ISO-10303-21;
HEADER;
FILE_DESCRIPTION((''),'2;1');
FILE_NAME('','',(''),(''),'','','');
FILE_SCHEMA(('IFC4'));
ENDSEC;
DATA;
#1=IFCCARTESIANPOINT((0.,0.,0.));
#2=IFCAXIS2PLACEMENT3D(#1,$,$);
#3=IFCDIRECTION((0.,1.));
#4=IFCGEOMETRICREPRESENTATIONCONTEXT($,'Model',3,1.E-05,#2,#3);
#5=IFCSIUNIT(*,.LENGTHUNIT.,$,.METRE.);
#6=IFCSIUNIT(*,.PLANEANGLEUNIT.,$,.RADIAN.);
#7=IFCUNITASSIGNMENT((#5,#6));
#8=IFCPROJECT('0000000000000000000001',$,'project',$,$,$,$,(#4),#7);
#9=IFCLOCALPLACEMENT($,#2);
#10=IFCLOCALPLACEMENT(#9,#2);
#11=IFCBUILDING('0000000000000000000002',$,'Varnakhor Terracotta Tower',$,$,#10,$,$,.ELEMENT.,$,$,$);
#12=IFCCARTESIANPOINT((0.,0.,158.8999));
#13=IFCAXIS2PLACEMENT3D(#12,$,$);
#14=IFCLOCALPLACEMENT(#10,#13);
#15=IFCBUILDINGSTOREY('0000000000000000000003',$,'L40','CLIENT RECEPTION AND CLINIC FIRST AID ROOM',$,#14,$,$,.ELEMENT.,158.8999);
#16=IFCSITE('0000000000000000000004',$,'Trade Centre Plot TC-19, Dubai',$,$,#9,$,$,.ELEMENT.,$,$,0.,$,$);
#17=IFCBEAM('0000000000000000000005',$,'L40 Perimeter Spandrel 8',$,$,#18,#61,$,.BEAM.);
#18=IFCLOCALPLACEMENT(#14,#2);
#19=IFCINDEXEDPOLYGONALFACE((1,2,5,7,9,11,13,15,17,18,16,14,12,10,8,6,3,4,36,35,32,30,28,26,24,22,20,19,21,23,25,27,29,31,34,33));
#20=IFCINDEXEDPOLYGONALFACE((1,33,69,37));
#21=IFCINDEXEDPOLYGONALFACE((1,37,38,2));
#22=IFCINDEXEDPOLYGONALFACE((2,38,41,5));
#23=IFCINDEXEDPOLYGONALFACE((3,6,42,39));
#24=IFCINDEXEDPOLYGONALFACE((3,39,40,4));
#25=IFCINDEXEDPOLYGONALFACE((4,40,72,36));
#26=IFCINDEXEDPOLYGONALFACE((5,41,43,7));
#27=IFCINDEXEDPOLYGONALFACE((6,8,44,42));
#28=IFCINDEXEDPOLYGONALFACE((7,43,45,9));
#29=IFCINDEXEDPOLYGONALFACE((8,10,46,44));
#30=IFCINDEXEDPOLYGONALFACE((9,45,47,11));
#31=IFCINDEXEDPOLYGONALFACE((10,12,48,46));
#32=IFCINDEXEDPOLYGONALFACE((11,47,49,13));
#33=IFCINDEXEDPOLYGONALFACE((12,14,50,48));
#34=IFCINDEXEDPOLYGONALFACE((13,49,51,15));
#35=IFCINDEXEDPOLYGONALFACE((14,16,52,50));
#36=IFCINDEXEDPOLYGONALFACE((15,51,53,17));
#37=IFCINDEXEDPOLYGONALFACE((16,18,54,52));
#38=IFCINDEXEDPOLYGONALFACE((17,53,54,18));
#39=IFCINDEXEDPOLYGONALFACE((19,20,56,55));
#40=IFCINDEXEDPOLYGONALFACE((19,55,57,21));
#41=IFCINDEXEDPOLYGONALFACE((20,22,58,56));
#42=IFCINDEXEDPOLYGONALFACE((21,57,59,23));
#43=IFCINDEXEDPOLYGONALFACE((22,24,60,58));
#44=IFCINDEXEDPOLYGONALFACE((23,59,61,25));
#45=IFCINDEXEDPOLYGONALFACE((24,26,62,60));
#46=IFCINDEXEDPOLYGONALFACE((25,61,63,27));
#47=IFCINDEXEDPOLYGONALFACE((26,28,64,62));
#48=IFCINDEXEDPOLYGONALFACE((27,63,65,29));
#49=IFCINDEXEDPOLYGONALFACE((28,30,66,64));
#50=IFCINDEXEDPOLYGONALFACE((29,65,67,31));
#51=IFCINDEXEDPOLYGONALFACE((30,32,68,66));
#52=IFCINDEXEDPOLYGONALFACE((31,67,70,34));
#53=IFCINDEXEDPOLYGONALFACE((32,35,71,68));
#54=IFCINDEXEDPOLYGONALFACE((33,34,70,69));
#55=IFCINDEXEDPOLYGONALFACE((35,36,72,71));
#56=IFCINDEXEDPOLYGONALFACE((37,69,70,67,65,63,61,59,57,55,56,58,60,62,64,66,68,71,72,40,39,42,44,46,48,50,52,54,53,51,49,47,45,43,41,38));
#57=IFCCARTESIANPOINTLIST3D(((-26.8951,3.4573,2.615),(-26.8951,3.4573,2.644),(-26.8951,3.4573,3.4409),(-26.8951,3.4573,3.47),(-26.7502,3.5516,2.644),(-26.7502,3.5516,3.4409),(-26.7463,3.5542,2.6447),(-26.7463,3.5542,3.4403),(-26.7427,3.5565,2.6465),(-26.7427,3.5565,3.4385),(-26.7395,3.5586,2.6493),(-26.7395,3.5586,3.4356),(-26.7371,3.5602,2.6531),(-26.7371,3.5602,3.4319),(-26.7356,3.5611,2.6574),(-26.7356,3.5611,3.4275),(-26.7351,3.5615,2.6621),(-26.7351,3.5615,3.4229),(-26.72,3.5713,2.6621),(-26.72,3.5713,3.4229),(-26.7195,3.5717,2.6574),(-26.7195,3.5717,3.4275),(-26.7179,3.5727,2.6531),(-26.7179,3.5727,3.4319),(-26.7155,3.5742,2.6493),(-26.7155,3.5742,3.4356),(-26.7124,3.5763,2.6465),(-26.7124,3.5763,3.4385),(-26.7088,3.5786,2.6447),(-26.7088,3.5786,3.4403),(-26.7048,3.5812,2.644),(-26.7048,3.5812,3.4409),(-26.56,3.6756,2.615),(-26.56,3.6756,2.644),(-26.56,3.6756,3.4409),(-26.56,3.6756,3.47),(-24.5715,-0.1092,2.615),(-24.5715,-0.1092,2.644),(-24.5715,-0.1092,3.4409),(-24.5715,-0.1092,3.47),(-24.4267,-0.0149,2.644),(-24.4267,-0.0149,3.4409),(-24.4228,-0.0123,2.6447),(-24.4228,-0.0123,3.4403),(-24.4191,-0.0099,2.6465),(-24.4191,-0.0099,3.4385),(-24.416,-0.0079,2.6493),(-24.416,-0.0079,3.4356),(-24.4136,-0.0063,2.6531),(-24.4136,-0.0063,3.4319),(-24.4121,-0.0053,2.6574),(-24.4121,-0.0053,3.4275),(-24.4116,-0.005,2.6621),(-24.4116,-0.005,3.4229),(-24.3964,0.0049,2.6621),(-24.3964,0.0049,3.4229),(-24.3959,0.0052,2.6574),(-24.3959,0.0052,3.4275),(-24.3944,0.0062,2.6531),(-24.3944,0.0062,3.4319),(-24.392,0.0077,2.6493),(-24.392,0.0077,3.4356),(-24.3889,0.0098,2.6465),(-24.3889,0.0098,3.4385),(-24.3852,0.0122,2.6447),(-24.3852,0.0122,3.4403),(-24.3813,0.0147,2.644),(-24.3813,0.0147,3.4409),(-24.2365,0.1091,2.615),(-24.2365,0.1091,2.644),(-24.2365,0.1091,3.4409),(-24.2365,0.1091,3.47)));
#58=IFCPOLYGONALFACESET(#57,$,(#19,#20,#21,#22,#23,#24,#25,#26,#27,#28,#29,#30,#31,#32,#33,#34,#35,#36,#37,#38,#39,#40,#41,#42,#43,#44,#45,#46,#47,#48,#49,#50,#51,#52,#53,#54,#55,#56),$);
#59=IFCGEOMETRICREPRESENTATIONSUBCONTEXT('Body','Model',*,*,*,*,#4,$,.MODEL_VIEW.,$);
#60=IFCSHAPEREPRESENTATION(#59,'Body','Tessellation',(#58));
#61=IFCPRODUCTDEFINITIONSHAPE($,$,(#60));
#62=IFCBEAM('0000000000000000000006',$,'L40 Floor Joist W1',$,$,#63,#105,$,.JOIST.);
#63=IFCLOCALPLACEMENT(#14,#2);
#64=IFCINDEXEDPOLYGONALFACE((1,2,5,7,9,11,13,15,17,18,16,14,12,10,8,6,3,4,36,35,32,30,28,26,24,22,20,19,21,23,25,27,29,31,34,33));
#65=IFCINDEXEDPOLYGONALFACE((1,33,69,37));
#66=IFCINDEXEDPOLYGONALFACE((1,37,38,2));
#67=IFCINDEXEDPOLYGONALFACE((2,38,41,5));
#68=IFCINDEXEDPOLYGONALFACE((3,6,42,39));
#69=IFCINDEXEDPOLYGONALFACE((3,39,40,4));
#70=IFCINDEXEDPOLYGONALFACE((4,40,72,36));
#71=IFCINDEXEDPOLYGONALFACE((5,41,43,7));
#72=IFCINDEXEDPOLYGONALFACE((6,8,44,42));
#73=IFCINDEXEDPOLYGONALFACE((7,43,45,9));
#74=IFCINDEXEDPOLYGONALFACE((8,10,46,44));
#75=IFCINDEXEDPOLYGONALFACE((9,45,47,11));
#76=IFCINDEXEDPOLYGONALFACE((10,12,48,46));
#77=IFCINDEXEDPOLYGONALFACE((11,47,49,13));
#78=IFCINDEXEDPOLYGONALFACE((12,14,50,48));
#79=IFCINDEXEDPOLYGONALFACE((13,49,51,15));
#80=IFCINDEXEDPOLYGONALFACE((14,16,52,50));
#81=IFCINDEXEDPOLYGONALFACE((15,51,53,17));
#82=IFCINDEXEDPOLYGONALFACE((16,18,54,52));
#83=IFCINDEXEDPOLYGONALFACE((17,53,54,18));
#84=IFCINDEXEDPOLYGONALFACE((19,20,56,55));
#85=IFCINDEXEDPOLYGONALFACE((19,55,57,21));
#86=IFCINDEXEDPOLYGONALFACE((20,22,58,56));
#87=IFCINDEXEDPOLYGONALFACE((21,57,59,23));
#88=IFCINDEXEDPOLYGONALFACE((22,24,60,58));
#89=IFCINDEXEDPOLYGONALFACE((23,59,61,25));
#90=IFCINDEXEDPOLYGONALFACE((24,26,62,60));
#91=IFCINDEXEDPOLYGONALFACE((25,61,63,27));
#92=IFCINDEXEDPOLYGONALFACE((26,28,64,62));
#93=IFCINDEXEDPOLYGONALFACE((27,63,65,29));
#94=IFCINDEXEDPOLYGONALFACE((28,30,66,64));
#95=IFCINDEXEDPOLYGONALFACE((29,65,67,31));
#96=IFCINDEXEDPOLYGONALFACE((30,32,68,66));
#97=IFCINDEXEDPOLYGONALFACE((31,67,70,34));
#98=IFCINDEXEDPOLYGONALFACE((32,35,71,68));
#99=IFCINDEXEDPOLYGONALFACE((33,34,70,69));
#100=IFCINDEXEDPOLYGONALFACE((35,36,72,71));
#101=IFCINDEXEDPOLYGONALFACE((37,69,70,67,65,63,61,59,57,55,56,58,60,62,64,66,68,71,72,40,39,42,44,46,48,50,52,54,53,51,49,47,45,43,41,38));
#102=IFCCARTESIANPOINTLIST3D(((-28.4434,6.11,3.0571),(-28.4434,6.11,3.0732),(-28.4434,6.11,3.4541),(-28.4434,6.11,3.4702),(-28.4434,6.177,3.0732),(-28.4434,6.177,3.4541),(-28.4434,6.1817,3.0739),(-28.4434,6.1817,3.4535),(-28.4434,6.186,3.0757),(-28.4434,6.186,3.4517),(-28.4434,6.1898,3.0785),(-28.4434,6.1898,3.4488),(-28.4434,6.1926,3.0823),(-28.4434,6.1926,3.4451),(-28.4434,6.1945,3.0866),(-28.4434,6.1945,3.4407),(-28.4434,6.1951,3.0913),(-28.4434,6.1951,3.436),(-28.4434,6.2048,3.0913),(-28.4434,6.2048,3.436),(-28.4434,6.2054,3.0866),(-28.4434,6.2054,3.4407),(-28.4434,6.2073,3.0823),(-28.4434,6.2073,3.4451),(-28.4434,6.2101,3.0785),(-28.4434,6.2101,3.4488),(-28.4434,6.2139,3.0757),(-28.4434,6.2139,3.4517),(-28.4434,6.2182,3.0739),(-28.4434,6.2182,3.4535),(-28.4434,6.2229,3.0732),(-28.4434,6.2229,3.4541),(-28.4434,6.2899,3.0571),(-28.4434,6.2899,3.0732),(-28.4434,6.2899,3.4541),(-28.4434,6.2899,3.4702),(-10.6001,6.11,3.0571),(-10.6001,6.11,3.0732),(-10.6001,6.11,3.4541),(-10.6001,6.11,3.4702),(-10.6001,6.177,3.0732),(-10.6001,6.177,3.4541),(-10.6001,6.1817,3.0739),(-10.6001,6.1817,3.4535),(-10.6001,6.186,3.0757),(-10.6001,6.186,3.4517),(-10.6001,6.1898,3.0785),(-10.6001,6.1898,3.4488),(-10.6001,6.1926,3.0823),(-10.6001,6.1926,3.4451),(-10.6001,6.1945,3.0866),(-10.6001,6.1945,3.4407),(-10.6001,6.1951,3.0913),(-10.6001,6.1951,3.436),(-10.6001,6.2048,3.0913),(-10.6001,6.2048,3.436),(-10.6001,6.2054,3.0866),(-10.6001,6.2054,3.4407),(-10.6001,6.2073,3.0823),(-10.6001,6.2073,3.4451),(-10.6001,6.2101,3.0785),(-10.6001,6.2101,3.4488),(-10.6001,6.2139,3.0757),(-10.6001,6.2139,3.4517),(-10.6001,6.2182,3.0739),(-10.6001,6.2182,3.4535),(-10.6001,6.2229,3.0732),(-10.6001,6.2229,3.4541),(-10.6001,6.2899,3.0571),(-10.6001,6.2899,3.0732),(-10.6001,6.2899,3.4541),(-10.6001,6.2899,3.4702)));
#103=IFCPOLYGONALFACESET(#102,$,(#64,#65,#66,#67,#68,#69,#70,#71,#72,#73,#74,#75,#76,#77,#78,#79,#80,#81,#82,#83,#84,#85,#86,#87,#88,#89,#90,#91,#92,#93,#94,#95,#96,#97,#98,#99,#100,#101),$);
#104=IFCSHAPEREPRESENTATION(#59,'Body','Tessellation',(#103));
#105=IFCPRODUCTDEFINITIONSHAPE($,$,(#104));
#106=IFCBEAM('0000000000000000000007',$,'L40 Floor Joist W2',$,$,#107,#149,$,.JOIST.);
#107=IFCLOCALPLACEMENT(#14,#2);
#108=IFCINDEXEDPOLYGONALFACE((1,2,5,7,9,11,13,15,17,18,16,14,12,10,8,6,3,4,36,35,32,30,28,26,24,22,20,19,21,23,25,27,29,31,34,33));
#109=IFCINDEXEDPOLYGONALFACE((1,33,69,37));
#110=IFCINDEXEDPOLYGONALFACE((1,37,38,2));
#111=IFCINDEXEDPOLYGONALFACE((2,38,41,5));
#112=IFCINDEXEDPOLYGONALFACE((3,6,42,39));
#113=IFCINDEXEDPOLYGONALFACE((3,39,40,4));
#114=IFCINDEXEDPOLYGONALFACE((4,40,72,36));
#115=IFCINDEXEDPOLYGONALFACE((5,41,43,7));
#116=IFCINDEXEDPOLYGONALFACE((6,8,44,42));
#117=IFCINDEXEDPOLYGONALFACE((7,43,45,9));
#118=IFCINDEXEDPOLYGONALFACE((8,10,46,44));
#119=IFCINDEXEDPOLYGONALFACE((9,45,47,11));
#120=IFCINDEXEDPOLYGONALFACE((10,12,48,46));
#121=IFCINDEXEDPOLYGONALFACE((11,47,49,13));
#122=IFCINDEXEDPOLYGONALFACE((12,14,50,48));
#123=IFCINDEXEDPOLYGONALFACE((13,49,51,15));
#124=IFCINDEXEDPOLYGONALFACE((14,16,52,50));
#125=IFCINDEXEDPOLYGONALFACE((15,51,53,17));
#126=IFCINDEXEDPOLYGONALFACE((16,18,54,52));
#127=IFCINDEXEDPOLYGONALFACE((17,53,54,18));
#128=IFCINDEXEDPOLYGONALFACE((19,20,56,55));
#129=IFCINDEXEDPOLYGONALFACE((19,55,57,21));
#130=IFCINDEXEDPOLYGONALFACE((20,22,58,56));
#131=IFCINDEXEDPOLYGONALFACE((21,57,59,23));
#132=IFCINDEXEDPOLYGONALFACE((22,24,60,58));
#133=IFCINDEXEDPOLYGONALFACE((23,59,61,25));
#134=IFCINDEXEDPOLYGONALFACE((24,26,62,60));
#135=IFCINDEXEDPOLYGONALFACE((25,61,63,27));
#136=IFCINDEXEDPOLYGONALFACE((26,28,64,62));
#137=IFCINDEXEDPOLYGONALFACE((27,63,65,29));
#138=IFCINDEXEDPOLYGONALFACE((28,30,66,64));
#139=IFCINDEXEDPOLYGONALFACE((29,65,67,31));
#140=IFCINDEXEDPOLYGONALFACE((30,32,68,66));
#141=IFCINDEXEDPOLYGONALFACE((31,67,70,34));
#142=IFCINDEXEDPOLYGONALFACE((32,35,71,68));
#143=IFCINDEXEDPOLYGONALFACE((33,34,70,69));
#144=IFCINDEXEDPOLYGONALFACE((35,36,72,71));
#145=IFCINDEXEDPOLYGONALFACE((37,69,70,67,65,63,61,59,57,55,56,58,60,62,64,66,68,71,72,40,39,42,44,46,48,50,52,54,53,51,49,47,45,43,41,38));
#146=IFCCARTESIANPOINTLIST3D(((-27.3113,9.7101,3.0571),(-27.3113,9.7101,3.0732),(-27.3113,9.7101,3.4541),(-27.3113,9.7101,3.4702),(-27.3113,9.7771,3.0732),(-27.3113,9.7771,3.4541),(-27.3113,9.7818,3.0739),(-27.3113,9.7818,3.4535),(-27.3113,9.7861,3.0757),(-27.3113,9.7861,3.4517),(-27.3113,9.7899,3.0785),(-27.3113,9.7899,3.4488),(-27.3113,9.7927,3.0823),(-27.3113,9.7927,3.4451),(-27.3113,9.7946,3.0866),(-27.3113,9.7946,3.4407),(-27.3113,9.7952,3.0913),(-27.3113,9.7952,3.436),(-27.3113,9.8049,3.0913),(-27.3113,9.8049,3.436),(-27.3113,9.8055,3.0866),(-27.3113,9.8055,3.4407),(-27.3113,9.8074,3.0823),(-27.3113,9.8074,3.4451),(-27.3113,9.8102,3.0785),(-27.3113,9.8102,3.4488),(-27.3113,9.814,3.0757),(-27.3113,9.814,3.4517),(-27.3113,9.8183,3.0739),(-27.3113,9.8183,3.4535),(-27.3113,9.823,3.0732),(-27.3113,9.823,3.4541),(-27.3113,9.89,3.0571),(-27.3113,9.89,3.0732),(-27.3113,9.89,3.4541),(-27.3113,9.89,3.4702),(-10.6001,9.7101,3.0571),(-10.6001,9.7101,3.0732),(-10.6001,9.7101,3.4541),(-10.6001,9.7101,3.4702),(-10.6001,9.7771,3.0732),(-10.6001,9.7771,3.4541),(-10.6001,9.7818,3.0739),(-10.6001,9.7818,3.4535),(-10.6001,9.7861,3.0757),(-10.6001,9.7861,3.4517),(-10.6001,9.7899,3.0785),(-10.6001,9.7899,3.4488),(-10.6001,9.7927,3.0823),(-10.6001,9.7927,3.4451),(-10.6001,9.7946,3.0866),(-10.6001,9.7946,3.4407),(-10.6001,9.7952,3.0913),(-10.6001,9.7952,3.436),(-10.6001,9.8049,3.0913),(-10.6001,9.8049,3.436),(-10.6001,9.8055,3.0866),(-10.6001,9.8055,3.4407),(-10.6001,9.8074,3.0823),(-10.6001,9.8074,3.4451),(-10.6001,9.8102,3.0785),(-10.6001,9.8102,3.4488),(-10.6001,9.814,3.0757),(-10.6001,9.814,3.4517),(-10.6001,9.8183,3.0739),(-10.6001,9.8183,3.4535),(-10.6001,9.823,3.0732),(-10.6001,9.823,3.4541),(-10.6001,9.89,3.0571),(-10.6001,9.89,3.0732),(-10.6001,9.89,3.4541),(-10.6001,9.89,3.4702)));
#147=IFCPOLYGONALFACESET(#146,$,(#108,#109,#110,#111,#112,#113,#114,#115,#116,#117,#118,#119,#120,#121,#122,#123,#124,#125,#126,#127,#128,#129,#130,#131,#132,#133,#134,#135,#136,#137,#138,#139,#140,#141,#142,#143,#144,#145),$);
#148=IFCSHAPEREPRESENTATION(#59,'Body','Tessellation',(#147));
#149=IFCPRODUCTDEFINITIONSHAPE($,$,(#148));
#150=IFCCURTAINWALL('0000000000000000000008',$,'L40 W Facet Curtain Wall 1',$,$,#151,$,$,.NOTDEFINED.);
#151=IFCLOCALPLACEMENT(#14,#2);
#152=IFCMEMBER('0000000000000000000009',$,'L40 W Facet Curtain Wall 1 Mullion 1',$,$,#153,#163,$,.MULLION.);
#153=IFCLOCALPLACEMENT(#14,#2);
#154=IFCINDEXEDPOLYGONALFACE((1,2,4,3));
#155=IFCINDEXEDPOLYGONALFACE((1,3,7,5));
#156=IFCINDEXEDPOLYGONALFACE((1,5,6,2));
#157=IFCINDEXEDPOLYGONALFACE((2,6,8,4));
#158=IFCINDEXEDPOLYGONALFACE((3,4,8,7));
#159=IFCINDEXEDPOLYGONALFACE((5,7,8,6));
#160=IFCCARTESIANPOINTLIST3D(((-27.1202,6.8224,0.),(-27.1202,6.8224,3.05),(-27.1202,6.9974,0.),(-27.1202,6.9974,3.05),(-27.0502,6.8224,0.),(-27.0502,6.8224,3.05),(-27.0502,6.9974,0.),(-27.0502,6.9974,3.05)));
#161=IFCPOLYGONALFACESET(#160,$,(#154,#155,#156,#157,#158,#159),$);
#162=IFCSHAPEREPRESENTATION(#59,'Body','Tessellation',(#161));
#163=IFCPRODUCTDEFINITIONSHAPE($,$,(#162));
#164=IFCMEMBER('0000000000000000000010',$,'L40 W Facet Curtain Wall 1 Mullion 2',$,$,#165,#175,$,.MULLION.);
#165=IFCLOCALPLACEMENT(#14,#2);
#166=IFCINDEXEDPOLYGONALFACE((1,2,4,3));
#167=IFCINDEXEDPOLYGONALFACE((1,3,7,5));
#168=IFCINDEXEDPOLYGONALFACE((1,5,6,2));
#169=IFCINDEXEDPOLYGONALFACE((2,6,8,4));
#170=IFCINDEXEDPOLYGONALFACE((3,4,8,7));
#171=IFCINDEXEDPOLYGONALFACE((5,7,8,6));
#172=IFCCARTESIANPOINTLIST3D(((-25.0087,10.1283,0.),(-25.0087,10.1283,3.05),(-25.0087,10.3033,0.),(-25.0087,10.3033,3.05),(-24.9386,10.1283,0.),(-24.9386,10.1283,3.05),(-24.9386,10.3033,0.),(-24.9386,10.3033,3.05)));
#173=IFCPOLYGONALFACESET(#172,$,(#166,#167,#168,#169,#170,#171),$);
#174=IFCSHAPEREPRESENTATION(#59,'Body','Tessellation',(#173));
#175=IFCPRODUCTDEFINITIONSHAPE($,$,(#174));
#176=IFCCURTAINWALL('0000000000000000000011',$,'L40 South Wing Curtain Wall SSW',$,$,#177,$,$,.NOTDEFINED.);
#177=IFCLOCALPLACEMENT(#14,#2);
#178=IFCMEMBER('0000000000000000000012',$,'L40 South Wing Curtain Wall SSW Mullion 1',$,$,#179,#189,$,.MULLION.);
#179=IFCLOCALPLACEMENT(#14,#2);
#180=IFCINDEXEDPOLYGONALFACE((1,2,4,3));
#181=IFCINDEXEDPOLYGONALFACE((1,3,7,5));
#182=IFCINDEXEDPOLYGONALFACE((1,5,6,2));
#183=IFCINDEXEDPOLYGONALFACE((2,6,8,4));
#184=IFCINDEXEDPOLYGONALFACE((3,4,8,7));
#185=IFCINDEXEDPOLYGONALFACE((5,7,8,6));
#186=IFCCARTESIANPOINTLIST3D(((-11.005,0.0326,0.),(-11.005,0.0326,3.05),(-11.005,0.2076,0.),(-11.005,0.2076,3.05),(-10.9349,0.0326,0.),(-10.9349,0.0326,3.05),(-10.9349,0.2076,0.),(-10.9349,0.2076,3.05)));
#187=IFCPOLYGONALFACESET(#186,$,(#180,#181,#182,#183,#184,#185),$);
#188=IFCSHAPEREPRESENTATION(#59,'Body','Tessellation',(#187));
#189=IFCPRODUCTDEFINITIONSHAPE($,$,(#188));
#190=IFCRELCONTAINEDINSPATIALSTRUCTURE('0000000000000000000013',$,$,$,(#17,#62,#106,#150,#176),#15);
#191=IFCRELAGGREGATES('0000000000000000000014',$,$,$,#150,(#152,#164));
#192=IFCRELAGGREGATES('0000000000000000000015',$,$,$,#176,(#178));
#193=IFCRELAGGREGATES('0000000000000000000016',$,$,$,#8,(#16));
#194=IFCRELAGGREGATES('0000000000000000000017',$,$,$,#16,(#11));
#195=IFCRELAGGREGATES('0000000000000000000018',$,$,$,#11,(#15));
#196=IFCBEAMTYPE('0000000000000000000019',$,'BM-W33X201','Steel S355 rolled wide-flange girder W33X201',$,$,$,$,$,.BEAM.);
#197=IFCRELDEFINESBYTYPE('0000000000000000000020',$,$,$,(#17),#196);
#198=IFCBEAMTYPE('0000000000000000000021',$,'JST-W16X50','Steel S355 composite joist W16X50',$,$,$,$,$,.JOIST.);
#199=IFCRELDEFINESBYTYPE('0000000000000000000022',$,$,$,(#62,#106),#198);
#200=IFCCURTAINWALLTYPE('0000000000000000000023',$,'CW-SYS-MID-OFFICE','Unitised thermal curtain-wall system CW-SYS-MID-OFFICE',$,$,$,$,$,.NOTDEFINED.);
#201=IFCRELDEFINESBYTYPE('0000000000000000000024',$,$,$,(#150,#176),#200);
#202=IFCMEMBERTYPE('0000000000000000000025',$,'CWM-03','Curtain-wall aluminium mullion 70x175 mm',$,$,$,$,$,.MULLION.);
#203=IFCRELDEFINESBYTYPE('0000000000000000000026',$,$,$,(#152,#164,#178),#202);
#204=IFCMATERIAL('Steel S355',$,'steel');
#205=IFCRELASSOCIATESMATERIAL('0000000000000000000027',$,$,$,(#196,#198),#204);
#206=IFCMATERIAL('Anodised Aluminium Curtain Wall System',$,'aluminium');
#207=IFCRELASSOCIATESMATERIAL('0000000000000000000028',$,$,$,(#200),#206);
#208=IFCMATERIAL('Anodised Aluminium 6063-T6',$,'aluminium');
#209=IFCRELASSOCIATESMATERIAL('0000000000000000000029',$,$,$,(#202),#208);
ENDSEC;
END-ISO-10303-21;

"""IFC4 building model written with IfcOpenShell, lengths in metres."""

from ifc_helpers import new_model, si_unit, direction, frame, origin, origin_2d, place, context, subcontext, project, spatial, rectangle, i_section, extrude, source, transform, mapped, material, material_profile, profile_set, type_object, element, aggregate, save


model = new_model("IFC4")

# Units and contexts
model_context = context("Model", 3, precision=1e-05, world=origin(), true_north=direction((0.0, 1.0)))
body_context = subcontext(model_context, "Body", "Model", "MODEL_VIEW")
ifc_project = project(units=[si_unit("LENGTHUNIT", "METRE"), si_unit("PLANEANGLEUNIT", "RADIAN")], contexts=[model_context])

# Site, building, storey
site_placement = place(None, origin())
site = spatial("IfcSite", under=ifc_project, at=site_placement, Name="Trade Centre Plot TC-19, Dubai", CompositionType="ELEMENT", RefElevation=0.0)
building_placement = place(site_placement, origin())
building = spatial("IfcBuilding", under=site, at=building_placement, Name="Varnakhor Terracotta Tower", CompositionType="ELEMENT")
storey_placement = place(building_placement, frame((0.0, 0.0, 158.8999)))
storey = spatial("IfcBuildingStorey", under=building, at=storey_placement, Name="L40", Description="CLIENT RECEPTION AND CLINIC FIRST AID ROOM", CompositionType="ELEMENT", Elevation=158.8999)

# Beams
ifc_material_1 = material(Name="Steel S355", Category="steel")
ifc_material_profile_1 = material_profile(ifc_material_1, i_section(OverallWidth=0.3999, OverallDepth=0.855, WebThickness=0.0181, FlangeThickness=0.0291, FilletRadius=0.0181, at=origin_2d()), Name="W33X201")
ifc_profile_set_1 = profile_set([ifc_material_profile_1], Name="Steel S355")
beam_type_1 = type_object("IfcBeamType", Name="BM-W33X201", Description="Steel S355 rolled wide-flange girder W33X201", PredefinedType="BEAM", material=ifc_profile_set_1)
shared_shape_1 = source(origin(), body_context, "Body", "SweptSolid", [
    extrude(i_section(OverallWidth=0.3999, OverallDepth=0.855, WebThickness=0.0181, FlangeThickness=0.0291, FilletRadius=0.0181, at=origin_2d()), origin(), (0.0, 0.0, 1.0), 4.2566),
])
beam_1_placement = place(storey_placement, frame((-26.7275, 3.5664, 3.0425), z_axis=(0.545867, -0.837872, 0.0), x_axis=(0.837872, 0.545867, 0.0)))
element("IfcBeam", 1, at=beam_1_placement, inside=storey, type_object=beam_type_1, Name="L40 Perimeter Spandrel 8", PredefinedType="BEAM", context=body_context, shape_type="MappedRepresentation", body=[
    mapped(shared_shape_1, transform((0.0, 0.0, 0.0), scale=1.0)),
])
ifc_material_profile_2 = material_profile(ifc_material_1, i_section(OverallWidth=0.1799, OverallDepth=0.4131, WebThickness=0.0098, FlangeThickness=0.0161, FilletRadius=0.0181, at=origin_2d()), Name="W16X50")
ifc_profile_set_2 = profile_set([ifc_material_profile_2], Name="Steel S355")
beam_type_2 = type_object("IfcBeamType", Name="JST-W16X50", Description="Steel S355 composite joist W16X50", PredefinedType="JOIST", material=ifc_profile_set_2)
shared_shape_2 = source(origin(), body_context, "Body", "SweptSolid", [
    extrude(i_section(OverallWidth=0.1799, OverallDepth=0.4131, WebThickness=0.0098, FlangeThickness=0.0161, FilletRadius=0.0181, at=origin_2d()), origin(), (0.0, 0.0, 1.0), 17.8433),
])
beam_2_placement = place(storey_placement, frame((-28.4434, 6.2, 3.2637), z_axis=(1.0, 0.0, 0.0), x_axis=(0.0, 1.0, 0.0)))
element("IfcBeam", 2, at=beam_2_placement, inside=storey, type_object=beam_type_2, Name="L40 Floor Joist W1", PredefinedType="JOIST", context=body_context, shape_type="MappedRepresentation", body=[
    mapped(shared_shape_2, transform((0.0, 0.0, 0.0), scale=1.0)),
])
shared_shape_3 = source(origin(), body_context, "Body", "SweptSolid", [
    extrude(i_section(OverallWidth=0.1799, OverallDepth=0.4131, WebThickness=0.0098, FlangeThickness=0.0161, FilletRadius=0.0181, at=origin_2d()), origin(), (0.0, 0.0, 1.0), 16.7112),
])
beam_3_placement = place(storey_placement, frame((-27.3113, 9.8, 3.2637), z_axis=(1.0, 0.0, 0.0), x_axis=(0.0, 1.0, 0.0)))
element("IfcBeam", 3, at=beam_3_placement, inside=storey, type_object=beam_type_2, Name="L40 Floor Joist W2", PredefinedType="JOIST", context=body_context, shape_type="MappedRepresentation", body=[
    mapped(shared_shape_3, transform((0.0, 0.0, 0.0), scale=1.0)),
])

# Curtain walls, members
ifc_material_2 = material(Name="Anodised Aluminium Curtain Wall System", Category="aluminium")
curtain_wall_type = type_object("IfcCurtainWallType", Name="CW-SYS-MID-OFFICE", Description="Unitised thermal curtain-wall system CW-SYS-MID-OFFICE", PredefinedType="NOTDEFINED", material=ifc_material_2)
curtain_wall_1_placement = place(storey_placement, origin())
curtain_wall_1 = element("IfcCurtainWall", 4, at=curtain_wall_1_placement, inside=storey, type_object=curtain_wall_type, Name="L40 W Facet Curtain Wall 1", PredefinedType="NOTDEFINED")
ifc_material_3 = material(Name="Anodised Aluminium 6063-T6", Category="aluminium")
ifc_material_profile_3 = material_profile(ifc_material_3, rectangle(XDim=0.0701, YDim=0.175, at=origin_2d()), Name="ALU MULLION 70x175")
ifc_profile_set_3 = profile_set([ifc_material_profile_3], Name="Anodised Aluminium 6063-T6")
member_type_1 = type_object("IfcMemberType", Name="CWM-03", Description="Curtain-wall aluminium mullion 70x175 mm", PredefinedType="MULLION", material=ifc_profile_set_3)
shared_shape_4 = source(origin(), body_context, "Body", "SweptSolid", [
    extrude(rectangle(XDim=0.0701, YDim=0.175, at=origin_2d()), origin(), (0.0, 0.0, 1.0), 3.05),
])
member_1_placement = place(storey_placement, frame((-27.0852, 6.9099, 0.0), z_axis=(0.0, 0.0, 1.0), x_axis=(1.0, 0.0, 0.0)))
member_1 = element("IfcMember", 5, at=member_1_placement, type_object=member_type_1, Name="L40 W Facet Curtain Wall 1 Mullion 1", PredefinedType="MULLION", context=body_context, shape_type="MappedRepresentation", body=[
    mapped(shared_shape_4, transform((0.0, 0.0, 0.0), scale=1.0)),
])
member_2_placement = place(storey_placement, frame((-24.9736, 10.2158, 0.0), z_axis=(0.0, 0.0, 1.0), x_axis=(1.0, 0.0, 0.0)))
member_2 = element("IfcMember", 6, at=member_2_placement, type_object=member_type_1, Name="L40 W Facet Curtain Wall 1 Mullion 2", PredefinedType="MULLION", context=body_context, shape_type="MappedRepresentation", body=[
    mapped(shared_shape_4, transform((0.0, 0.0, 0.0), scale=1.0)),
])
curtain_wall_2_placement = place(storey_placement, origin())
curtain_wall_2 = element("IfcCurtainWall", 7, at=curtain_wall_2_placement, inside=storey, type_object=curtain_wall_type, Name="L40 South Wing Curtain Wall SSW", PredefinedType="NOTDEFINED")
member_3_placement = place(storey_placement, frame((-10.97, 0.1201, 0.0), z_axis=(0.0, 0.0, 1.0), x_axis=(1.0, 0.0, 0.0)))
member_3 = element("IfcMember", 8, at=member_3_placement, type_object=member_type_1, Name="L40 South Wing Curtain Wall SSW Mullion 1", PredefinedType="MULLION", context=body_context, shape_type="MappedRepresentation", body=[
    mapped(shared_shape_4, transform((0.0, 0.0, 0.0), scale=1.0)),
])

aggregate(curtain_wall_1, [member_1, member_2])
aggregate(curtain_wall_2, [member_3])

save(model, "model.ifc")
